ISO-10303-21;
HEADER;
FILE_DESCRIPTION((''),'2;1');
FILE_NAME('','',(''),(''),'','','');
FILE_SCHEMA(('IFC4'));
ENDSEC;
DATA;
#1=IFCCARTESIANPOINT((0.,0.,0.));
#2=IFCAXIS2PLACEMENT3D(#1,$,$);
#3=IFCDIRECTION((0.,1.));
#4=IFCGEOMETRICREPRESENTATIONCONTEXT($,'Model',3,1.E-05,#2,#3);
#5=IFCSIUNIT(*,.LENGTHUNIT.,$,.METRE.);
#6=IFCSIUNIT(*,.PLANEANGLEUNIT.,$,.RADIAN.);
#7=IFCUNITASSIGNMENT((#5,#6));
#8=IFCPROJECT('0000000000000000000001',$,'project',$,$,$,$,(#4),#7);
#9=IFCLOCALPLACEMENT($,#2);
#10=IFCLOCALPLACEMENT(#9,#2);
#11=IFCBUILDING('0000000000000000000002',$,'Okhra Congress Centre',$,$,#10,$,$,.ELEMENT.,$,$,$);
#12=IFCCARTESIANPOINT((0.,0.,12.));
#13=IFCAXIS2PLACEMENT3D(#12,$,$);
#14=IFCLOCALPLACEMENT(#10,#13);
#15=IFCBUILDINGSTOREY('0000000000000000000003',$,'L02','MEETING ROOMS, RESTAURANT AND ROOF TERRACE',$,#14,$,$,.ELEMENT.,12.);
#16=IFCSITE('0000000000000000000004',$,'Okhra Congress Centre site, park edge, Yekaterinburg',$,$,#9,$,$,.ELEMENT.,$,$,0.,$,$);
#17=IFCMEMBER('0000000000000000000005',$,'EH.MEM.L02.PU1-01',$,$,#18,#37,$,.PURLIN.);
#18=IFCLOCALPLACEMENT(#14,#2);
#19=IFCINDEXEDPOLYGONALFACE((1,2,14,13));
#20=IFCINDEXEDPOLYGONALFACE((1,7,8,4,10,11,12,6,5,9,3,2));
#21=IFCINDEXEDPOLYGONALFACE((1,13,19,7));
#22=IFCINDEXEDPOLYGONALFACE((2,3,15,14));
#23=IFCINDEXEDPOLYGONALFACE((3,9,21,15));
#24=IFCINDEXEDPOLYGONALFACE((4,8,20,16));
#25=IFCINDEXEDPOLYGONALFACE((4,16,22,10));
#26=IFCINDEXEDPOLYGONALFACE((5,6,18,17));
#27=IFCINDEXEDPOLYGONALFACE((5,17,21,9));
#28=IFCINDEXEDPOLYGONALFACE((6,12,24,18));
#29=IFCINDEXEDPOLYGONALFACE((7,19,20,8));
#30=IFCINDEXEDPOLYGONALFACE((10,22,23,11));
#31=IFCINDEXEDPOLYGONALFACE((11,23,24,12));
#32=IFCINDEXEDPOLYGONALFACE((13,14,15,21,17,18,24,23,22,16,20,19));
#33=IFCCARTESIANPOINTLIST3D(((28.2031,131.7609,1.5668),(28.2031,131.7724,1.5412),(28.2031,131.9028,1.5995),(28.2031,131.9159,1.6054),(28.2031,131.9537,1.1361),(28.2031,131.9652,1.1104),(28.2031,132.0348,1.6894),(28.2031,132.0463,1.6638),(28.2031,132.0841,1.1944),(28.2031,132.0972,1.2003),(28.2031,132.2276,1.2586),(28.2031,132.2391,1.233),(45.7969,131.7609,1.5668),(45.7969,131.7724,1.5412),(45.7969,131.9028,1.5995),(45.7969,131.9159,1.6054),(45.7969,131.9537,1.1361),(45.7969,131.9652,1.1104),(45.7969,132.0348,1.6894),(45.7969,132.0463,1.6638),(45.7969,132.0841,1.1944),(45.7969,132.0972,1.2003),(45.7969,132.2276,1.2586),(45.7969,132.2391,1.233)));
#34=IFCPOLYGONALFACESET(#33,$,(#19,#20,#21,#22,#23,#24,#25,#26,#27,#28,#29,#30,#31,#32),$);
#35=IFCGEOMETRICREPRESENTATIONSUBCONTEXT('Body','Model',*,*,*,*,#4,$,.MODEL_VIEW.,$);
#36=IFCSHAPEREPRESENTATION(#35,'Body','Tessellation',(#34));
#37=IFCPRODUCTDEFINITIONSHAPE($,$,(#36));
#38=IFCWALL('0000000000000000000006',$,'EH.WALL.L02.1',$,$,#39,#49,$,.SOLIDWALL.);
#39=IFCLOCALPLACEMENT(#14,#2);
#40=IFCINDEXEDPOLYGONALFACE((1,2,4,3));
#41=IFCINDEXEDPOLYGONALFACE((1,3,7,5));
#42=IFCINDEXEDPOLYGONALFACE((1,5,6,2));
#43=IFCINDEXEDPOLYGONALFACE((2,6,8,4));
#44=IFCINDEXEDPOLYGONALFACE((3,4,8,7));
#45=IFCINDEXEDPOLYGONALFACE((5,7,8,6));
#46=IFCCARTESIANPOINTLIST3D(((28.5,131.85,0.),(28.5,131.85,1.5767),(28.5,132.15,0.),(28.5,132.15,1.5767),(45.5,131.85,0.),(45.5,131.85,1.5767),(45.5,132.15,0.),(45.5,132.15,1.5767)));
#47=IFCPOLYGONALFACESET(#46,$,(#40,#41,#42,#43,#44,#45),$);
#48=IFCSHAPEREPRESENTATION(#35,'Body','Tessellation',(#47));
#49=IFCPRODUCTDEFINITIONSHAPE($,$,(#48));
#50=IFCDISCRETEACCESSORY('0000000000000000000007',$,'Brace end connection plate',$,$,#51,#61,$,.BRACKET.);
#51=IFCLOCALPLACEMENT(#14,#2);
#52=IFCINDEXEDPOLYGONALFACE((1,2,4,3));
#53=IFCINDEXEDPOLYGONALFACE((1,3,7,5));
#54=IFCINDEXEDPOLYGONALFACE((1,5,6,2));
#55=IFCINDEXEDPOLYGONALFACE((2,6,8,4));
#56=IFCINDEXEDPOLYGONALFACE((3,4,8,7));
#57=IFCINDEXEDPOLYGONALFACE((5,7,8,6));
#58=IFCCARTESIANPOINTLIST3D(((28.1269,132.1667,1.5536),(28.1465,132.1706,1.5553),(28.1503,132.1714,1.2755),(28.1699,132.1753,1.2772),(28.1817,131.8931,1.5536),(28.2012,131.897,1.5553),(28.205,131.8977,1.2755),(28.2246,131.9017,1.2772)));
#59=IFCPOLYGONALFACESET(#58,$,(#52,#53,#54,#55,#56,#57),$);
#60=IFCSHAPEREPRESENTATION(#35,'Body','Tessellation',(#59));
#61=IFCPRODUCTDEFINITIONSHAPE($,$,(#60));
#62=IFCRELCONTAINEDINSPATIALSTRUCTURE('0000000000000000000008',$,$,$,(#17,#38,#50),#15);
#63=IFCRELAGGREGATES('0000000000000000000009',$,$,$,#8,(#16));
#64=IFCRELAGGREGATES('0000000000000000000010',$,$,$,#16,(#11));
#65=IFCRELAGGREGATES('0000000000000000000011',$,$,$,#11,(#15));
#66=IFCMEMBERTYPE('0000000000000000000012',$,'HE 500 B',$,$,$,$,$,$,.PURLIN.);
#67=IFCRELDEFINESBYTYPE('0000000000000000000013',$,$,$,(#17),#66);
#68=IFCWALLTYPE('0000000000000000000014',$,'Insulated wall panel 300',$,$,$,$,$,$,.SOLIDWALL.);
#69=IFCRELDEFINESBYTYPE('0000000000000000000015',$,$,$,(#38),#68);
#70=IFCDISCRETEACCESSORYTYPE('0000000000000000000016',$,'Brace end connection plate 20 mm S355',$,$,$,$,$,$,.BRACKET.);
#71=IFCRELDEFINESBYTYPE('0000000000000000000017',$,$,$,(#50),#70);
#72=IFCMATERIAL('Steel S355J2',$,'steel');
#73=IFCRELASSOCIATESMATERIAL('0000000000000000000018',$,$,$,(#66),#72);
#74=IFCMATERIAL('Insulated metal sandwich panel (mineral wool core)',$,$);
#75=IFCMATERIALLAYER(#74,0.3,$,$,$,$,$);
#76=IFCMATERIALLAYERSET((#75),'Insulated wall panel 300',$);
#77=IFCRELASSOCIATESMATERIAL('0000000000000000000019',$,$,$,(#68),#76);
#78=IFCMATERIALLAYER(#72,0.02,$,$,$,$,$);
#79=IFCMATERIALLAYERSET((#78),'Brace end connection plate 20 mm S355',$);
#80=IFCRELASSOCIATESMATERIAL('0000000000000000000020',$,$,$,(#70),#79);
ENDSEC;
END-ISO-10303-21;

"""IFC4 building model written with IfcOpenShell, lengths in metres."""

from ifc_helpers import new_model, si_unit, direction, frame, frame_2d, origin, origin_2d, place, context, subcontext, project, spatial, rectangle, i_section, extrude, material, layer, layer_set, material_profile, profile_set, type_object, element, save


model = new_model("IFC4")

# Units and contexts
model_context = context("Model", 3, precision=1e-05, world=origin(), true_north=direction((0.0, 1.0)))
body_context = subcontext(model_context, "Body", "Model", "MODEL_VIEW")
ifc_project = project(units=[si_unit("LENGTHUNIT", "METRE"), si_unit("PLANEANGLEUNIT", "RADIAN")], contexts=[model_context])

# Site, building, storey
site_placement = place(None, origin())
site = spatial("IfcSite", under=ifc_project, at=site_placement, Name="Okhra Congress Centre site, park edge, Yekaterinburg", CompositionType="ELEMENT", RefElevation=0.0)
building_placement = place(site_placement, origin())
building = spatial("IfcBuilding", under=site, at=building_placement, Name="Okhra Congress Centre", CompositionType="ELEMENT")
storey_placement = place(building_placement, frame((0.0, 0.0, 12.0)))
storey = spatial("IfcBuildingStorey", under=building, at=storey_placement, Name="L02", Description="MEETING ROOMS, RESTAURANT AND ROOF TERRACE", CompositionType="ELEMENT", Elevation=12.0)

# Member
ifc_material_1 = material(Name="Steel S355J2", Category="steel")
ifc_material_profile_1 = material_profile(ifc_material_1, i_section(OverallWidth=0.3, OverallDepth=0.5, WebThickness=0.0144, FlangeThickness=0.0281, at=origin_2d()), Name="HE 500 B")
ifc_profile_set_1 = profile_set([ifc_material_profile_1], Name="Steel S355J2")
member_type_1 = type_object("IfcMemberType", Name="HE 500 B", PredefinedType="PURLIN", material=ifc_profile_set_1)
member_1_placement = place(storey_placement, frame((28.2031, 132.0, 1.3999), z_axis=(1.0, 0.0, 0.0), x_axis=(0.0, 0.912721, 0.408583)))
element("IfcMember", 1, at=member_1_placement, inside=storey, type_object=member_type_1, Name="EH.MEM.L02.PU1-01", PredefinedType="PURLIN", context=body_context, shape_type="SweptSolid", body=[
    extrude(i_section(OverallWidth=0.3, OverallDepth=0.5, WebThickness=0.0144, FlangeThickness=0.0281, at=origin_2d()), origin(), (0.0, 0.0, 1.0), 17.5938),
])

# Shared definitions
ifc_material_2 = material(Name="Insulated metal sandwich panel (mineral wool core)")

# Wall
ifc_layer_1 = layer(ifc_material_2, 0.3)
ifc_layer_set_1 = layer_set([ifc_layer_1], Name="Insulated wall panel 300")
wall_type_1 = type_object("IfcWallType", Name="Insulated wall panel 300", PredefinedType="SOLIDWALL", material=ifc_layer_set_1)
wall_1_placement = place(storey_placement, frame((28.5, 132.0, 0.0), z_axis=(0.0, 0.0, 1.0), x_axis=(1.0, 0.0, 0.0)))
element("IfcWall", 2, at=wall_1_placement, inside=storey, type_object=wall_type_1, Name="EH.WALL.L02.1", PredefinedType="SOLIDWALL", context=body_context, shape_type="SweptSolid", body=[
    extrude(rectangle(XDim=17.0, YDim=0.3, at=frame_2d((8.5, 0.0))), origin(), (0.0, 0.0, 1.0), 1.5767),
])

# Discrete accessory
ifc_layer_2 = layer(ifc_material_1, 0.02)
ifc_layer_set_2 = layer_set([ifc_layer_2], Name="Brace end connection plate 20 mm S355")
discrete_accessory_type = type_object("IfcDiscreteAccessoryType", Name="Brace end connection plate 20 mm S355", PredefinedType="BRACKET", material=ifc_layer_set_2)
discrete_accessory_placement = place(storey_placement, frame((28.1855, 132.0361, 1.4163), z_axis=(-0.976991, -0.195398, -0.085487), x_axis=(0.196116, -0.980581, 0.0)))
element("IfcDiscreteAccessory", 3, at=discrete_accessory_placement, inside=storey, type_object=discrete_accessory_type, Name="Brace end connection plate", PredefinedType="BRACKET", context=body_context, shape_type="SweptSolid", body=[
    extrude(rectangle(XDim=0.2791, YDim=0.2791, at=origin_2d()), origin(), (0.0, 0.0, 1.0), 0.02),
])

save(model, "model.ifc")
